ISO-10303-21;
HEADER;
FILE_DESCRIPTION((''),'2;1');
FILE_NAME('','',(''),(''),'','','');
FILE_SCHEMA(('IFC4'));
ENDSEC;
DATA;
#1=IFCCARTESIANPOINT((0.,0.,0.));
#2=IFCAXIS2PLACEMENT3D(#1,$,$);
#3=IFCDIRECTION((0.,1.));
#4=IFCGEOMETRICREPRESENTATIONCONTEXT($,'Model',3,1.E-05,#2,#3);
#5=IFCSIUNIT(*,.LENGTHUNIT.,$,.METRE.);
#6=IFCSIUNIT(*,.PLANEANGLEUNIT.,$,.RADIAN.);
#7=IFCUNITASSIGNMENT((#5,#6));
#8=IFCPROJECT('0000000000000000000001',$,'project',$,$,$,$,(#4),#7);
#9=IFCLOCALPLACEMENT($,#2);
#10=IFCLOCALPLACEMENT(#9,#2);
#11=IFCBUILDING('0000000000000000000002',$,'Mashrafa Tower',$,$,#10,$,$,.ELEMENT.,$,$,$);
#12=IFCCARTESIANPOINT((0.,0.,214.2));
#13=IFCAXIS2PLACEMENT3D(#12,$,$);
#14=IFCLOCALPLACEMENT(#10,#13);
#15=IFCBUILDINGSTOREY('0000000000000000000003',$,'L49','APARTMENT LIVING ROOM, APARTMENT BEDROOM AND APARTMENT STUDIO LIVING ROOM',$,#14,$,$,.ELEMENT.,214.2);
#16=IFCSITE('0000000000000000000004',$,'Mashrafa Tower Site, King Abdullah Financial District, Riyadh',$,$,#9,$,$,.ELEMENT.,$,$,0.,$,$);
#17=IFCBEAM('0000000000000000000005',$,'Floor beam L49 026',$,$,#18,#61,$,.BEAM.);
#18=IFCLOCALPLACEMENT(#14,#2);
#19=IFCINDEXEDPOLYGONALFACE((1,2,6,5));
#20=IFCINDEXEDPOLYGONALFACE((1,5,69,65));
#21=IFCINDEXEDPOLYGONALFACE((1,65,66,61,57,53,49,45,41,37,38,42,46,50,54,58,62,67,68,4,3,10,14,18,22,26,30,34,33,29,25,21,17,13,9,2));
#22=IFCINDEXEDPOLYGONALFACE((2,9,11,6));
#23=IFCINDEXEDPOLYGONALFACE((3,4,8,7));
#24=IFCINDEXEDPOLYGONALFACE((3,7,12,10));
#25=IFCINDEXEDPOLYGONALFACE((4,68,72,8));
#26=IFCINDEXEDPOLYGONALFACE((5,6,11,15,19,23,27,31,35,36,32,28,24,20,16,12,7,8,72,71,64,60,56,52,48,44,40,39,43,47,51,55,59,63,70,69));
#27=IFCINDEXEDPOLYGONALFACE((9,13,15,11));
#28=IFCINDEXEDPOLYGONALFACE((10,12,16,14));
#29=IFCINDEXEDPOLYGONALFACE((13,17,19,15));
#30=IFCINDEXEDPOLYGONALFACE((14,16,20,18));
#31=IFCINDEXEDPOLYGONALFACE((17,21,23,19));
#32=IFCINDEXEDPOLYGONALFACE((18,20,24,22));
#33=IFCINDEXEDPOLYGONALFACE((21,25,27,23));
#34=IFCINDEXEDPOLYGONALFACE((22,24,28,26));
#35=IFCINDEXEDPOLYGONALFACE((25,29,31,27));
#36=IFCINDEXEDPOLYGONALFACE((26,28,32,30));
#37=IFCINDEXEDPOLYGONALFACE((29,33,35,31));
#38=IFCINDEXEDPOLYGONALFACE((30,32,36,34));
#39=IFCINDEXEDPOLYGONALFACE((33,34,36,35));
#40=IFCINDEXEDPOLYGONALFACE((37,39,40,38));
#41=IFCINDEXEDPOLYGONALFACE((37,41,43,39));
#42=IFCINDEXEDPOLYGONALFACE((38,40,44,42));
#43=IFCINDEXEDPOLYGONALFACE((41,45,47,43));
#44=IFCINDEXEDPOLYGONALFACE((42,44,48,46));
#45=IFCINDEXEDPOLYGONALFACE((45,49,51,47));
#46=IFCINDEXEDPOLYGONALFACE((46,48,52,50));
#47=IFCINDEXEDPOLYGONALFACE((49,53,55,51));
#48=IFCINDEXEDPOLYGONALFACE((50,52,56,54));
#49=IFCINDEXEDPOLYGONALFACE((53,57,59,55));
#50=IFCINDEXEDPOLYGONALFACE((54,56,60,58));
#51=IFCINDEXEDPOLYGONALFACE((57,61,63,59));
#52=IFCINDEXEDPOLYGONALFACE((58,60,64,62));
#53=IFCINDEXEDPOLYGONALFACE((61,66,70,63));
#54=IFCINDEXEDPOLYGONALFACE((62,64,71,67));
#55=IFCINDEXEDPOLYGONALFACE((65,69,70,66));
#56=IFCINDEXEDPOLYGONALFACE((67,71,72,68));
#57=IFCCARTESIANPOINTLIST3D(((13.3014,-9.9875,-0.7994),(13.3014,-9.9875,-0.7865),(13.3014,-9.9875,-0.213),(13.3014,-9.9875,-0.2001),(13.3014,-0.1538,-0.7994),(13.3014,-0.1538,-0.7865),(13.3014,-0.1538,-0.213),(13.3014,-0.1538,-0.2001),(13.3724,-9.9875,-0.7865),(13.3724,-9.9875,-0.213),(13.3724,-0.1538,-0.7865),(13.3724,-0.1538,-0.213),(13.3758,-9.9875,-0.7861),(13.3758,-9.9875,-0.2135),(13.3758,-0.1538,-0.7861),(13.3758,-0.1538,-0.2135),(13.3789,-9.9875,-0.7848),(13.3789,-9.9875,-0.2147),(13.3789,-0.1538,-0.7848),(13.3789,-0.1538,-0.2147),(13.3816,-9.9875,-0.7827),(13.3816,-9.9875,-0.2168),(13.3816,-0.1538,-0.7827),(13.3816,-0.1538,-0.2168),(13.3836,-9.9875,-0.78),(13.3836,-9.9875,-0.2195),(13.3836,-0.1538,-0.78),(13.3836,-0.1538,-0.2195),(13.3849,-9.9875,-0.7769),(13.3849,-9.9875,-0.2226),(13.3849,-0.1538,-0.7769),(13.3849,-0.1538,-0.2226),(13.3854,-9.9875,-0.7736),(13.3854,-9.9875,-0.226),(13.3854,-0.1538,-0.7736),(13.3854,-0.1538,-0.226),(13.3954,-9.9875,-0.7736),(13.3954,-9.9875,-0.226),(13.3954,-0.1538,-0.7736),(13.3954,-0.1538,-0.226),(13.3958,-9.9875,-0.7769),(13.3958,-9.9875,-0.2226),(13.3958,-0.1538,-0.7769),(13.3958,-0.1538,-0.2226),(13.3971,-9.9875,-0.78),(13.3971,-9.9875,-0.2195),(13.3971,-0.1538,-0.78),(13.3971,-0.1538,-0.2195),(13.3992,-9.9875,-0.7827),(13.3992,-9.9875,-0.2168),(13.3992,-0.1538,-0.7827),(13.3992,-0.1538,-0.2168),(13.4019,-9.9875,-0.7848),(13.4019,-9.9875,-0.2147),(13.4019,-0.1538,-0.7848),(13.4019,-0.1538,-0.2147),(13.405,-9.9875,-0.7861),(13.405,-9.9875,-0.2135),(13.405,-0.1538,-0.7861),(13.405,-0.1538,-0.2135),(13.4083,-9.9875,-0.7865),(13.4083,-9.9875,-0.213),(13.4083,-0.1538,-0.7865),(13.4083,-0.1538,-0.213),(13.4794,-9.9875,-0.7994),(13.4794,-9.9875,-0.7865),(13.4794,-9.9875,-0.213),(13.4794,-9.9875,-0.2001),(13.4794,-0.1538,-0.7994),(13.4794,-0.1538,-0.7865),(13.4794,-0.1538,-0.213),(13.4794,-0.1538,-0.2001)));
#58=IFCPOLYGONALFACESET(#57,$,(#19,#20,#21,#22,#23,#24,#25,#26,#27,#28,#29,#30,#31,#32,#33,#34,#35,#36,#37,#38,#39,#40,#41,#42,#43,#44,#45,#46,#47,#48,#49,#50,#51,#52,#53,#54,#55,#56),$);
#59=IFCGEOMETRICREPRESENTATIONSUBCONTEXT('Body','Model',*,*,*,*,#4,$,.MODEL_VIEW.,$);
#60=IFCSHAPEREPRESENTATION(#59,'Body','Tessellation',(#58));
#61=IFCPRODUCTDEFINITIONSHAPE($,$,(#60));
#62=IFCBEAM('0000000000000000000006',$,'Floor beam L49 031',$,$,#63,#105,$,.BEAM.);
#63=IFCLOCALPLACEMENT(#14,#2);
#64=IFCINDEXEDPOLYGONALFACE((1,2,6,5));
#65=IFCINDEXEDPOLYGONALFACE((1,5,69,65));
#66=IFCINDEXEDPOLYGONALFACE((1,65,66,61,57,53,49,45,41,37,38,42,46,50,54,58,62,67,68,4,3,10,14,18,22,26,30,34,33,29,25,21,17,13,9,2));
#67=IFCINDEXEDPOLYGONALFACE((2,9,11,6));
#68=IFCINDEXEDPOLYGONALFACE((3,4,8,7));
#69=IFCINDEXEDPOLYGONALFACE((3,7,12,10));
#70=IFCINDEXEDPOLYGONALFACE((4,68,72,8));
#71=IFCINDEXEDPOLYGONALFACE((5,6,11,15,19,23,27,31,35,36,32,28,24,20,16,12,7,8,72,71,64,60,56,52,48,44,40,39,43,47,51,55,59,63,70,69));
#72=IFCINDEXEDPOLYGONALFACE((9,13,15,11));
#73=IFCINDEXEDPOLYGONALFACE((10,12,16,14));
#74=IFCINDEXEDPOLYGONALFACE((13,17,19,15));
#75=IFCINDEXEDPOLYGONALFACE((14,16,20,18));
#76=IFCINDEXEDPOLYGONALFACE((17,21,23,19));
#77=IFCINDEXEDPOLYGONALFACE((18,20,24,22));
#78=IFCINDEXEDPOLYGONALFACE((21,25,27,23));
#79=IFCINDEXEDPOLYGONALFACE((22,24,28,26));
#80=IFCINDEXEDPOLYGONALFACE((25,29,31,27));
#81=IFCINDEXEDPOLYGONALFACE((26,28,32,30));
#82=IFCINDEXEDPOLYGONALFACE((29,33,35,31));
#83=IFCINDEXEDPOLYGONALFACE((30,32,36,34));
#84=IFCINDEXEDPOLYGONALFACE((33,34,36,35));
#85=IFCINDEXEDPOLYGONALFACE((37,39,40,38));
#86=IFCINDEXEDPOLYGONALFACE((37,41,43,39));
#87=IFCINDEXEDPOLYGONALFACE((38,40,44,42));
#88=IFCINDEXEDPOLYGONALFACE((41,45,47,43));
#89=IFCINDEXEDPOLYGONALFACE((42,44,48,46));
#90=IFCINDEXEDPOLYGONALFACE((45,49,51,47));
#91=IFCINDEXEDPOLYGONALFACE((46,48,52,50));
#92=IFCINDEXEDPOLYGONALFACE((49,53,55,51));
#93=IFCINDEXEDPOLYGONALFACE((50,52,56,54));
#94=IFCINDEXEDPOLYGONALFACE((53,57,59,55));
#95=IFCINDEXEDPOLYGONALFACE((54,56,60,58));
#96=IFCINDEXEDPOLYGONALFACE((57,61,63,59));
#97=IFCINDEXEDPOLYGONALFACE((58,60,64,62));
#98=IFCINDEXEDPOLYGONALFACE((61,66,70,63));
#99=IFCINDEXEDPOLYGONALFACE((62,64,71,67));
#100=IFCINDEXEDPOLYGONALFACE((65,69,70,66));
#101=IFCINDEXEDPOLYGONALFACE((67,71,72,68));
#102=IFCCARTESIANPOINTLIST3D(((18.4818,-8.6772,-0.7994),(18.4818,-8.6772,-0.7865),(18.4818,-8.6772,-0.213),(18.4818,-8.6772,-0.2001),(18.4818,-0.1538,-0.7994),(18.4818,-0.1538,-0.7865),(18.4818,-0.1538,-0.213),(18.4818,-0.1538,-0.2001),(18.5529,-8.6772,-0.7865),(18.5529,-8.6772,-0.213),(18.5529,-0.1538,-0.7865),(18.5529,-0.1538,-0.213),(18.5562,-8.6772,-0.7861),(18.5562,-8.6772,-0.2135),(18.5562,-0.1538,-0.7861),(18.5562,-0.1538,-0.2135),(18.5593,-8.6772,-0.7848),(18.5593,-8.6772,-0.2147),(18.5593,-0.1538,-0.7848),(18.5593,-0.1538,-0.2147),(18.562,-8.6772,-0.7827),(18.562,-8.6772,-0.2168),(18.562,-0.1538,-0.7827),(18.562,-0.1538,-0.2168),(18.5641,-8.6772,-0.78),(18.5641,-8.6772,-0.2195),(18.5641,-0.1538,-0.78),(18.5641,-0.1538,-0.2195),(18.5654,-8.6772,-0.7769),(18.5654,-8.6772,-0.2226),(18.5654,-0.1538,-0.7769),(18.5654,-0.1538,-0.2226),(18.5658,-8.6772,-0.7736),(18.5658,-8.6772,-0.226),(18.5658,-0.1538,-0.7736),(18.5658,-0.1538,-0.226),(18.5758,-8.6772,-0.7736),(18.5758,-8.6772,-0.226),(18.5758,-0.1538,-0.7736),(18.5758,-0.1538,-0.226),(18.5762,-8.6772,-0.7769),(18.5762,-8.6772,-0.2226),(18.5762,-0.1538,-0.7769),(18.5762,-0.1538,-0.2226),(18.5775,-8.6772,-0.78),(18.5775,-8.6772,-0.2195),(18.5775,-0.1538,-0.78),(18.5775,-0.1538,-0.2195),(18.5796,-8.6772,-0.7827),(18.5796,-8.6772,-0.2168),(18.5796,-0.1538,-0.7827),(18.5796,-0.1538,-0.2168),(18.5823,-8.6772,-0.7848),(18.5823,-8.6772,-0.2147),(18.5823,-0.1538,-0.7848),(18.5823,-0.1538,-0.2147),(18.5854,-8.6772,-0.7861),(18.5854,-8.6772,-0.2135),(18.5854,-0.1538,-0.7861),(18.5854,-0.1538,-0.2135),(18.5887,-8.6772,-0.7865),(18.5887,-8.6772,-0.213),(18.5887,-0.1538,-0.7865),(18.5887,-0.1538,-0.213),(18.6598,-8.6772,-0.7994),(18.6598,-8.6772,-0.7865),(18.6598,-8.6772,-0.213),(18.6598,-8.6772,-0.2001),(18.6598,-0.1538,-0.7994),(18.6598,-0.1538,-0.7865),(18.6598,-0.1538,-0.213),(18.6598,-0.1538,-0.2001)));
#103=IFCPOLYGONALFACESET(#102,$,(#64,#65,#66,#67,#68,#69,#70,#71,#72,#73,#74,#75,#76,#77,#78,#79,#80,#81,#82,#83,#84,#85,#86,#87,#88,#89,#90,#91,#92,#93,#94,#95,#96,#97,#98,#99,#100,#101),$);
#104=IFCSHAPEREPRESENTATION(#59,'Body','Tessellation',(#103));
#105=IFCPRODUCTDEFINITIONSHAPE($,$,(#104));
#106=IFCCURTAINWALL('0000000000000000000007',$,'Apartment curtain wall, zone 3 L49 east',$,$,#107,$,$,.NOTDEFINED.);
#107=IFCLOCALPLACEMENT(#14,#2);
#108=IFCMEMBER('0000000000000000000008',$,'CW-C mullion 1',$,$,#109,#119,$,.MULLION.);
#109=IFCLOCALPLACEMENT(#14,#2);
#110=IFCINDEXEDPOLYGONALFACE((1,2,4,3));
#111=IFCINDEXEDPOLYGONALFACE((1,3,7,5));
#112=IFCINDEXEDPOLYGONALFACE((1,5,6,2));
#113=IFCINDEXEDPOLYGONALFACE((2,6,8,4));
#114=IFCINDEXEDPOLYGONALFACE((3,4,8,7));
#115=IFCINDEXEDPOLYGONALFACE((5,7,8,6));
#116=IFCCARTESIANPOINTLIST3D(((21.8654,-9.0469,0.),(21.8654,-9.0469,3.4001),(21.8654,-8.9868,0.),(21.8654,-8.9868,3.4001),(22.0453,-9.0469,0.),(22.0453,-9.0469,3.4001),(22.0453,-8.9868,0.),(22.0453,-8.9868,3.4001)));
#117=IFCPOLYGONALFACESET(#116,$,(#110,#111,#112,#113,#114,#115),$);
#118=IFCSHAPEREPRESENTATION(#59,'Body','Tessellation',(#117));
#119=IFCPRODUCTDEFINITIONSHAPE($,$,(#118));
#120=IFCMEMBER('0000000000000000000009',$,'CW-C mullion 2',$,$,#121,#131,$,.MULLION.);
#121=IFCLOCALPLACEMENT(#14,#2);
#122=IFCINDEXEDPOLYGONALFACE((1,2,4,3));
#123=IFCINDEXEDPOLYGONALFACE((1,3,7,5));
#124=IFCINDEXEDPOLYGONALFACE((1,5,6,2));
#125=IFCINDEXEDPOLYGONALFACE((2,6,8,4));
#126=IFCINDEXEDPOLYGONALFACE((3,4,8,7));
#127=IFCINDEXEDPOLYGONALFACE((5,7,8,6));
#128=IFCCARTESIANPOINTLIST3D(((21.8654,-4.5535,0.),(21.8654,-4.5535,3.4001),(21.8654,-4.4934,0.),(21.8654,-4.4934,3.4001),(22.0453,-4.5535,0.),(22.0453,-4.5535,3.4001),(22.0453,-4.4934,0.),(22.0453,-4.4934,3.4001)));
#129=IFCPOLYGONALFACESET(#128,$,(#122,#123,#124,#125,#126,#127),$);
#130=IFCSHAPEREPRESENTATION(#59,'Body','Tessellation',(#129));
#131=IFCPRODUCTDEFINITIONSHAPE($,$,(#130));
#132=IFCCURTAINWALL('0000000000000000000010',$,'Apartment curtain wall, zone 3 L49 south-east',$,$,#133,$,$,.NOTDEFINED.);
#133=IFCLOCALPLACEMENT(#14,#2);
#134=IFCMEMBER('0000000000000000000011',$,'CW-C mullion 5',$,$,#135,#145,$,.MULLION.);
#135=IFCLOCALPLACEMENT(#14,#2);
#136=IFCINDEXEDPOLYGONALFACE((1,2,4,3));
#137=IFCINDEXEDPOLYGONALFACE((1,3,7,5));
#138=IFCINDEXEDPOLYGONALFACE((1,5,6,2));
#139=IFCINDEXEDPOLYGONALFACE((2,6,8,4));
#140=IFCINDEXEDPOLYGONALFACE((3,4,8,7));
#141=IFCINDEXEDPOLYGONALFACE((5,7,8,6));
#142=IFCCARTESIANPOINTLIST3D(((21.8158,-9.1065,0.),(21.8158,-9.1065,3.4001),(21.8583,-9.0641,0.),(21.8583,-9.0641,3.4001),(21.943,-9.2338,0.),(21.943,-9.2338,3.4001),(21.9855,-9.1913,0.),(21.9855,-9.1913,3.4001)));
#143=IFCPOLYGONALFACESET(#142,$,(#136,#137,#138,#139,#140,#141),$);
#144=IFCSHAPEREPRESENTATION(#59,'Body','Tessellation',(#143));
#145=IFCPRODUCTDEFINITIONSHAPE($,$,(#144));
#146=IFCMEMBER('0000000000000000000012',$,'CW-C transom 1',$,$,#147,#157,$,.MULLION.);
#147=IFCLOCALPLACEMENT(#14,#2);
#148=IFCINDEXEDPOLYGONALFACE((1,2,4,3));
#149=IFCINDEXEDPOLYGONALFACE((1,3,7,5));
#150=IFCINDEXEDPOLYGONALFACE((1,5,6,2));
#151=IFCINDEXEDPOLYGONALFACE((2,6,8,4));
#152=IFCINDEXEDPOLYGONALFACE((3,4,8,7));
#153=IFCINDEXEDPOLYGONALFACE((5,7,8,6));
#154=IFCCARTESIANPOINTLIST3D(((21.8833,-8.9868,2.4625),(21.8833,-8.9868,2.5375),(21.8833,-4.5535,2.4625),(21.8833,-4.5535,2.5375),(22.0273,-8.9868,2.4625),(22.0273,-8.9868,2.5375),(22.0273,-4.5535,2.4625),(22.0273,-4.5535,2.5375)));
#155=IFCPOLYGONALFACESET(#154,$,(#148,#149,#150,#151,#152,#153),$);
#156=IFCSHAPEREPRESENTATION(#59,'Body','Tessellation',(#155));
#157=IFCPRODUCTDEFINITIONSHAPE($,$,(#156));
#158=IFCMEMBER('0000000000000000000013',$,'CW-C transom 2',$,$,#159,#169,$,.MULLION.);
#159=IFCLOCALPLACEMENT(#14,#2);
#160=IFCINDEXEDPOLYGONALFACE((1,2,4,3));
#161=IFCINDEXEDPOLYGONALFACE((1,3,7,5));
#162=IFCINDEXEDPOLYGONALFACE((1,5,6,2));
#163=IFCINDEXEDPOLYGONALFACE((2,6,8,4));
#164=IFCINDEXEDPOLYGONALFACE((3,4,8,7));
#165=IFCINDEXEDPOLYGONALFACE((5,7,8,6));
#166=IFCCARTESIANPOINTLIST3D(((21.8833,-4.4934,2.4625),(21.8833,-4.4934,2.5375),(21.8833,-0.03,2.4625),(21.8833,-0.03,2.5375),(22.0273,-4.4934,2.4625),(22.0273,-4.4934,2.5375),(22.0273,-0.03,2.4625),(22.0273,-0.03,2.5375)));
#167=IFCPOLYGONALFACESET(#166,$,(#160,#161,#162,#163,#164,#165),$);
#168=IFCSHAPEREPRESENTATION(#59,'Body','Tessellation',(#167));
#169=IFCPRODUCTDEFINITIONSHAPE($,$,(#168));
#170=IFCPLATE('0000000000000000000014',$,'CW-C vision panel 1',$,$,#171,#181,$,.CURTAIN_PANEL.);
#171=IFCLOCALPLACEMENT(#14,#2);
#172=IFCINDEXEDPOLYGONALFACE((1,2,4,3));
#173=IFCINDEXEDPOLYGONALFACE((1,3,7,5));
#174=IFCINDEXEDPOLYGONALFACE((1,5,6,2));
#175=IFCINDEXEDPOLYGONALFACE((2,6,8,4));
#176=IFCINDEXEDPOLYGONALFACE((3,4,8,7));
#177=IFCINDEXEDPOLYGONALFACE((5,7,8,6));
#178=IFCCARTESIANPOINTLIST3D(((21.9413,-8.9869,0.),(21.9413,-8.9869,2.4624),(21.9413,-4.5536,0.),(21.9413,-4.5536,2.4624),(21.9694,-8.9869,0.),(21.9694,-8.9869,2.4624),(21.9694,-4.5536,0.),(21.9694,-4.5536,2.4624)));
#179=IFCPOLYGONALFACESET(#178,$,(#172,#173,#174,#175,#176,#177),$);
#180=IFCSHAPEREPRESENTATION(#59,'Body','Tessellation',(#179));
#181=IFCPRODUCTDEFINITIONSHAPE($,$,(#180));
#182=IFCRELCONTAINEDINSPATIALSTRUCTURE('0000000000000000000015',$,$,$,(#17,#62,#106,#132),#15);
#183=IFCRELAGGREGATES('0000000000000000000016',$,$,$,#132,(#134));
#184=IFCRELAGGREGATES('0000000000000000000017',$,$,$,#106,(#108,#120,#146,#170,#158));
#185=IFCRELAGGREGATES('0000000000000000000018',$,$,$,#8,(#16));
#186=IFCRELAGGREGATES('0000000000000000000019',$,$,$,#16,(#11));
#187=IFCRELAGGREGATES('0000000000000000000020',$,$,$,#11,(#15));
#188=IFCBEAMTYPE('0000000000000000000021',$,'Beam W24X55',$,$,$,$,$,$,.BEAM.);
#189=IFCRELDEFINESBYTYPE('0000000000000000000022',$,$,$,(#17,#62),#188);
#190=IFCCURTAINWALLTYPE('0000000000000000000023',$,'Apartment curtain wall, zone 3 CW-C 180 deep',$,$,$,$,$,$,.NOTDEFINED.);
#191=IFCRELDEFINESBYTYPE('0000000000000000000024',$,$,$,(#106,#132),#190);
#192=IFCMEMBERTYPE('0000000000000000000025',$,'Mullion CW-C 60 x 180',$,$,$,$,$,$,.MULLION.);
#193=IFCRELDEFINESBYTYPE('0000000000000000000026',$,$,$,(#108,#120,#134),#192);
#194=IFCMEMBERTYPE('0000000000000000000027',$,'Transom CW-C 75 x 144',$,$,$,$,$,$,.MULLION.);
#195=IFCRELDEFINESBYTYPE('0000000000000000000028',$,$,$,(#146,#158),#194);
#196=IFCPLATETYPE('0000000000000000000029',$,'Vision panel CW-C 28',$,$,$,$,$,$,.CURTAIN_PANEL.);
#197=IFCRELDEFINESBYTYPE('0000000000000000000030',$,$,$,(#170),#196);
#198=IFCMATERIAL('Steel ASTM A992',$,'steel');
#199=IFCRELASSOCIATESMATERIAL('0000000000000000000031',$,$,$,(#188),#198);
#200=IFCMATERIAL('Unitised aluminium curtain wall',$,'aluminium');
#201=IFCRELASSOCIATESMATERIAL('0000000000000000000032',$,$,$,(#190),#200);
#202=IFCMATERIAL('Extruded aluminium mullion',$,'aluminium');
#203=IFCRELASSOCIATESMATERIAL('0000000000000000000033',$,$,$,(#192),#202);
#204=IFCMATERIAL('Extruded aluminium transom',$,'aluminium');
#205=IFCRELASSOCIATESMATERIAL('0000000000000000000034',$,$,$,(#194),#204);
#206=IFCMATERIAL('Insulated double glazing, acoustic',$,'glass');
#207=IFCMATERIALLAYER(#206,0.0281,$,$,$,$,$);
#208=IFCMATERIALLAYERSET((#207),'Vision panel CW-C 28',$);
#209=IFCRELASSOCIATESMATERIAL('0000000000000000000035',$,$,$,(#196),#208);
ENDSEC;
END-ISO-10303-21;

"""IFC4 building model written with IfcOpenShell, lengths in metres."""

from ifc_helpers import new_model, si_unit, direction, frame, origin, origin_2d, place, context, subcontext, project, spatial, rectangle, i_section, extrude, source, transform, mapped, material, layer, layer_set, material_profile, profile_set, type_object, type_shapes, element, aggregate, save


model = new_model("IFC4")

# Units and contexts
model_context = context("Model", 3, precision=1e-05, world=origin(), true_north=direction((0.0, 1.0)))
body_context = subcontext(model_context, "Body", "Model", "MODEL_VIEW")
ifc_project = project(units=[si_unit("LENGTHUNIT", "METRE"), si_unit("PLANEANGLEUNIT", "RADIAN")], contexts=[model_context])

# Site, building, storey
site_placement = place(None, origin())
site = spatial("IfcSite", under=ifc_project, at=site_placement, Name="Mashrafa Tower Site, King Abdullah Financial District, Riyadh", CompositionType="ELEMENT", RefElevation=0.0)
building_placement = place(site_placement, origin())
building = spatial("IfcBuilding", under=site, at=building_placement, Name="Mashrafa Tower", CompositionType="ELEMENT")
storey_placement = place(building_placement, frame((0.0, 0.0, 214.2)))
storey = spatial("IfcBuildingStorey", under=building, at=storey_placement, Name="L49", Description="APARTMENT LIVING ROOM, APARTMENT BEDROOM AND APARTMENT STUDIO LIVING ROOM", CompositionType="ELEMENT", Elevation=214.2)

# Beams
ifc_material_1 = material(Name="Steel ASTM A992", Category="steel")
ifc_material_profile_1 = material_profile(ifc_material_1, i_section(OverallWidth=0.178, OverallDepth=0.5994, WebThickness=0.01, FlangeThickness=0.0129, FilletRadius=0.0129, at=origin_2d()), Name="W24X55")
ifc_profile_set_1 = profile_set([ifc_material_profile_1], Name="Steel ASTM A992")
beam_type_1 = type_object("IfcBeamType", Name="Beam W24X55", PredefinedType="BEAM", material=ifc_profile_set_1)
beam_1_placement = place(storey_placement, frame((13.3904, -0.1538, -0.4998), z_axis=(0.0, -1.0, 0.0), x_axis=(1.0, 0.0, 0.0)))
element("IfcBeam", 1, at=beam_1_placement, inside=storey, type_object=beam_type_1, Name="Floor beam L49 026", PredefinedType="BEAM", context=body_context, shape_type="SweptSolid", body=[
    extrude(i_section(OverallWidth=0.178, OverallDepth=0.5994, WebThickness=0.01, FlangeThickness=0.0129, FilletRadius=0.0129, at=origin_2d()), origin(), (0.0, 0.0, 1.0), 9.8337),
])
beam_2_placement = place(storey_placement, frame((18.5708, -0.1538, -0.4998), z_axis=(0.0, -1.0, 0.0), x_axis=(1.0, 0.0, 0.0)))
element("IfcBeam", 2, at=beam_2_placement, inside=storey, type_object=beam_type_1, Name="Floor beam L49 031", PredefinedType="BEAM", context=body_context, shape_type="SweptSolid", body=[
    extrude(i_section(OverallWidth=0.178, OverallDepth=0.5994, WebThickness=0.01, FlangeThickness=0.0129, FilletRadius=0.0129, at=origin_2d()), origin(), (0.0, 0.0, 1.0), 8.5234),
])

# Curtain wall, members
ifc_material_2 = material(Name="Unitised aluminium curtain wall", Category="aluminium")
curtain_wall_type = type_object("IfcCurtainWallType", Name="Apartment curtain wall, zone 3 CW-C 180 deep", PredefinedType="NOTDEFINED", material=ifc_material_2)
curtain_wall_1_placement = place(storey_placement, origin())
curtain_wall_1 = element("IfcCurtainWall", 3, at=curtain_wall_1_placement, inside=storey, type_object=curtain_wall_type, Name="Apartment curtain wall, zone 3 L49 east", PredefinedType="NOTDEFINED")
ifc_material_3 = material(Name="Extruded aluminium mullion", Category="aluminium")
ifc_material_profile_2 = material_profile(ifc_material_3, rectangle(XDim=0.1799, YDim=0.0601, at=origin_2d()), Name="Mullion 60x180")
ifc_profile_set_2 = profile_set([ifc_material_profile_2], Name="Extruded aluminium mullion")
member_type_1 = type_object("IfcMemberType", Name="Mullion CW-C 60 x 180", PredefinedType="MULLION", material=ifc_profile_set_2)
shared_shape_1 = source(origin(), body_context, "Body", "SweptSolid", [
    extrude(rectangle(XDim=0.1799, YDim=0.0601, at=origin_2d()), origin(), (0.0, 0.0, 1.0), 3.4001),
])
type_shapes(member_type_1, [shared_shape_1])
member_1_placement = place(storey_placement, frame((21.9553, -9.0168, 0.0), z_axis=(0.0, 0.0, 1.0), x_axis=(-1.0, 0.0, 0.0)))
member_1 = element("IfcMember", 4, at=member_1_placement, type_object=member_type_1, Name="CW-C mullion 1", PredefinedType="MULLION", context=body_context, shape_type="MappedRepresentation", body=[
    mapped(shared_shape_1, transform((0.0, 0.0, 0.0))),
])
member_2_placement = place(storey_placement, frame((21.9553, -4.5234, 0.0), z_axis=(0.0, 0.0, 1.0), x_axis=(-1.0, 0.0, 0.0)))
member_2 = element("IfcMember", 5, at=member_2_placement, type_object=member_type_1, Name="CW-C mullion 2", PredefinedType="MULLION", context=body_context, shape_type="MappedRepresentation", body=[
    mapped(shared_shape_1, transform((0.0, 0.0, 0.0))),
])

# Curtain wall, member
curtain_wall_2_placement = place(storey_placement, origin())
curtain_wall_2 = element("IfcCurtainWall", 6, at=curtain_wall_2_placement, inside=storey, type_object=curtain_wall_type, Name="Apartment curtain wall, zone 3 L49 south-east", PredefinedType="NOTDEFINED")
member_3_placement = place(storey_placement, frame((21.9006, -9.1489, 0.0), z_axis=(0.0, 0.0, 1.0), x_axis=(-0.707107, 0.707107, 0.0)))
member_3 = element("IfcMember", 7, at=member_3_placement, type_object=member_type_1, Name="CW-C mullion 5", PredefinedType="MULLION", context=body_context, shape_type="MappedRepresentation", body=[
    mapped(shared_shape_1, transform((0.0, 0.0, 0.0))),
])
aggregate(curtain_wall_2, [member_3])

# Members
ifc_material_4 = material(Name="Extruded aluminium transom", Category="aluminium")
ifc_material_profile_3 = material_profile(ifc_material_4, rectangle(XDim=0.144, YDim=0.075, at=origin_2d()), Name="Transom 75x144")
ifc_profile_set_3 = profile_set([ifc_material_profile_3], Name="Extruded aluminium transom")
member_type_2 = type_object("IfcMemberType", Name="Transom CW-C 75 x 144", PredefinedType="MULLION", material=ifc_profile_set_3)
shared_shape_2 = source(origin(), body_context, "Body", "SweptSolid", [
    extrude(rectangle(XDim=0.144, YDim=0.075, at=origin_2d()), origin(), (0.0, 0.0, 1.0), 4.4333),
])
member_4_placement = place(storey_placement, frame((21.9553, -8.9868, 2.5), z_axis=(0.0, 1.0, 0.0), x_axis=(-1.0, 0.0, 0.0)))
member_4 = element("IfcMember", 8, at=member_4_placement, type_object=member_type_2, Name="CW-C transom 1", PredefinedType="MULLION", context=body_context, shape_type="MappedRepresentation", body=[
    mapped(shared_shape_2, transform((0.0, 0.0, 0.0))),
])
shared_shape_3 = source(origin(), body_context, "Body", "SweptSolid", [
    extrude(rectangle(XDim=0.144, YDim=0.075, at=origin_2d()), origin(), (0.0, 0.0, 1.0), 4.4634),
])
type_shapes(member_type_2, [shared_shape_2, shared_shape_3])
member_5_placement = place(storey_placement, frame((21.9553, -4.4934, 2.5), z_axis=(0.0, 1.0, 0.0), x_axis=(-1.0, 0.0, 0.0)))
member_5 = element("IfcMember", 9, at=member_5_placement, type_object=member_type_2, Name="CW-C transom 2", PredefinedType="MULLION", context=body_context, shape_type="MappedRepresentation", body=[
    mapped(shared_shape_3, transform((0.0, 0.0, 0.0))),
])

# Plate
ifc_material_5 = material(Name="Insulated double glazing, acoustic", Category="glass")
ifc_layer_1 = layer(ifc_material_5, 0.0281)
ifc_layer_set_1 = layer_set([ifc_layer_1], Name="Vision panel CW-C 28")
plate_type_1 = type_object("IfcPlateType", Name="Vision panel CW-C 28", PredefinedType="CURTAIN_PANEL", material=ifc_layer_set_1)
shared_shape_4 = source(origin(), body_context, "Body", "SweptSolid", [
    extrude(rectangle(XDim=4.4333, YDim=0.0281, at=origin_2d()), origin(), (0.0, 0.0, 1.0), 2.4624),
])
plate_1_placement = place(storey_placement, frame((21.9553, -6.7703, 0.0), z_axis=(0.0, 0.0, 1.0), x_axis=(0.0, 1.0, 0.0)))
plate_1 = element("IfcPlate", 10, at=plate_1_placement, type_object=plate_type_1, Name="CW-C vision panel 1", PredefinedType="CURTAIN_PANEL", context=body_context, shape_type="MappedRepresentation", body=[
    mapped(shared_shape_4, transform((0.0, 0.0, 0.0))),
])
aggregate(curtain_wall_1, [member_1, member_2, member_4, plate_1, member_5])

save(model, "model.ifc")
